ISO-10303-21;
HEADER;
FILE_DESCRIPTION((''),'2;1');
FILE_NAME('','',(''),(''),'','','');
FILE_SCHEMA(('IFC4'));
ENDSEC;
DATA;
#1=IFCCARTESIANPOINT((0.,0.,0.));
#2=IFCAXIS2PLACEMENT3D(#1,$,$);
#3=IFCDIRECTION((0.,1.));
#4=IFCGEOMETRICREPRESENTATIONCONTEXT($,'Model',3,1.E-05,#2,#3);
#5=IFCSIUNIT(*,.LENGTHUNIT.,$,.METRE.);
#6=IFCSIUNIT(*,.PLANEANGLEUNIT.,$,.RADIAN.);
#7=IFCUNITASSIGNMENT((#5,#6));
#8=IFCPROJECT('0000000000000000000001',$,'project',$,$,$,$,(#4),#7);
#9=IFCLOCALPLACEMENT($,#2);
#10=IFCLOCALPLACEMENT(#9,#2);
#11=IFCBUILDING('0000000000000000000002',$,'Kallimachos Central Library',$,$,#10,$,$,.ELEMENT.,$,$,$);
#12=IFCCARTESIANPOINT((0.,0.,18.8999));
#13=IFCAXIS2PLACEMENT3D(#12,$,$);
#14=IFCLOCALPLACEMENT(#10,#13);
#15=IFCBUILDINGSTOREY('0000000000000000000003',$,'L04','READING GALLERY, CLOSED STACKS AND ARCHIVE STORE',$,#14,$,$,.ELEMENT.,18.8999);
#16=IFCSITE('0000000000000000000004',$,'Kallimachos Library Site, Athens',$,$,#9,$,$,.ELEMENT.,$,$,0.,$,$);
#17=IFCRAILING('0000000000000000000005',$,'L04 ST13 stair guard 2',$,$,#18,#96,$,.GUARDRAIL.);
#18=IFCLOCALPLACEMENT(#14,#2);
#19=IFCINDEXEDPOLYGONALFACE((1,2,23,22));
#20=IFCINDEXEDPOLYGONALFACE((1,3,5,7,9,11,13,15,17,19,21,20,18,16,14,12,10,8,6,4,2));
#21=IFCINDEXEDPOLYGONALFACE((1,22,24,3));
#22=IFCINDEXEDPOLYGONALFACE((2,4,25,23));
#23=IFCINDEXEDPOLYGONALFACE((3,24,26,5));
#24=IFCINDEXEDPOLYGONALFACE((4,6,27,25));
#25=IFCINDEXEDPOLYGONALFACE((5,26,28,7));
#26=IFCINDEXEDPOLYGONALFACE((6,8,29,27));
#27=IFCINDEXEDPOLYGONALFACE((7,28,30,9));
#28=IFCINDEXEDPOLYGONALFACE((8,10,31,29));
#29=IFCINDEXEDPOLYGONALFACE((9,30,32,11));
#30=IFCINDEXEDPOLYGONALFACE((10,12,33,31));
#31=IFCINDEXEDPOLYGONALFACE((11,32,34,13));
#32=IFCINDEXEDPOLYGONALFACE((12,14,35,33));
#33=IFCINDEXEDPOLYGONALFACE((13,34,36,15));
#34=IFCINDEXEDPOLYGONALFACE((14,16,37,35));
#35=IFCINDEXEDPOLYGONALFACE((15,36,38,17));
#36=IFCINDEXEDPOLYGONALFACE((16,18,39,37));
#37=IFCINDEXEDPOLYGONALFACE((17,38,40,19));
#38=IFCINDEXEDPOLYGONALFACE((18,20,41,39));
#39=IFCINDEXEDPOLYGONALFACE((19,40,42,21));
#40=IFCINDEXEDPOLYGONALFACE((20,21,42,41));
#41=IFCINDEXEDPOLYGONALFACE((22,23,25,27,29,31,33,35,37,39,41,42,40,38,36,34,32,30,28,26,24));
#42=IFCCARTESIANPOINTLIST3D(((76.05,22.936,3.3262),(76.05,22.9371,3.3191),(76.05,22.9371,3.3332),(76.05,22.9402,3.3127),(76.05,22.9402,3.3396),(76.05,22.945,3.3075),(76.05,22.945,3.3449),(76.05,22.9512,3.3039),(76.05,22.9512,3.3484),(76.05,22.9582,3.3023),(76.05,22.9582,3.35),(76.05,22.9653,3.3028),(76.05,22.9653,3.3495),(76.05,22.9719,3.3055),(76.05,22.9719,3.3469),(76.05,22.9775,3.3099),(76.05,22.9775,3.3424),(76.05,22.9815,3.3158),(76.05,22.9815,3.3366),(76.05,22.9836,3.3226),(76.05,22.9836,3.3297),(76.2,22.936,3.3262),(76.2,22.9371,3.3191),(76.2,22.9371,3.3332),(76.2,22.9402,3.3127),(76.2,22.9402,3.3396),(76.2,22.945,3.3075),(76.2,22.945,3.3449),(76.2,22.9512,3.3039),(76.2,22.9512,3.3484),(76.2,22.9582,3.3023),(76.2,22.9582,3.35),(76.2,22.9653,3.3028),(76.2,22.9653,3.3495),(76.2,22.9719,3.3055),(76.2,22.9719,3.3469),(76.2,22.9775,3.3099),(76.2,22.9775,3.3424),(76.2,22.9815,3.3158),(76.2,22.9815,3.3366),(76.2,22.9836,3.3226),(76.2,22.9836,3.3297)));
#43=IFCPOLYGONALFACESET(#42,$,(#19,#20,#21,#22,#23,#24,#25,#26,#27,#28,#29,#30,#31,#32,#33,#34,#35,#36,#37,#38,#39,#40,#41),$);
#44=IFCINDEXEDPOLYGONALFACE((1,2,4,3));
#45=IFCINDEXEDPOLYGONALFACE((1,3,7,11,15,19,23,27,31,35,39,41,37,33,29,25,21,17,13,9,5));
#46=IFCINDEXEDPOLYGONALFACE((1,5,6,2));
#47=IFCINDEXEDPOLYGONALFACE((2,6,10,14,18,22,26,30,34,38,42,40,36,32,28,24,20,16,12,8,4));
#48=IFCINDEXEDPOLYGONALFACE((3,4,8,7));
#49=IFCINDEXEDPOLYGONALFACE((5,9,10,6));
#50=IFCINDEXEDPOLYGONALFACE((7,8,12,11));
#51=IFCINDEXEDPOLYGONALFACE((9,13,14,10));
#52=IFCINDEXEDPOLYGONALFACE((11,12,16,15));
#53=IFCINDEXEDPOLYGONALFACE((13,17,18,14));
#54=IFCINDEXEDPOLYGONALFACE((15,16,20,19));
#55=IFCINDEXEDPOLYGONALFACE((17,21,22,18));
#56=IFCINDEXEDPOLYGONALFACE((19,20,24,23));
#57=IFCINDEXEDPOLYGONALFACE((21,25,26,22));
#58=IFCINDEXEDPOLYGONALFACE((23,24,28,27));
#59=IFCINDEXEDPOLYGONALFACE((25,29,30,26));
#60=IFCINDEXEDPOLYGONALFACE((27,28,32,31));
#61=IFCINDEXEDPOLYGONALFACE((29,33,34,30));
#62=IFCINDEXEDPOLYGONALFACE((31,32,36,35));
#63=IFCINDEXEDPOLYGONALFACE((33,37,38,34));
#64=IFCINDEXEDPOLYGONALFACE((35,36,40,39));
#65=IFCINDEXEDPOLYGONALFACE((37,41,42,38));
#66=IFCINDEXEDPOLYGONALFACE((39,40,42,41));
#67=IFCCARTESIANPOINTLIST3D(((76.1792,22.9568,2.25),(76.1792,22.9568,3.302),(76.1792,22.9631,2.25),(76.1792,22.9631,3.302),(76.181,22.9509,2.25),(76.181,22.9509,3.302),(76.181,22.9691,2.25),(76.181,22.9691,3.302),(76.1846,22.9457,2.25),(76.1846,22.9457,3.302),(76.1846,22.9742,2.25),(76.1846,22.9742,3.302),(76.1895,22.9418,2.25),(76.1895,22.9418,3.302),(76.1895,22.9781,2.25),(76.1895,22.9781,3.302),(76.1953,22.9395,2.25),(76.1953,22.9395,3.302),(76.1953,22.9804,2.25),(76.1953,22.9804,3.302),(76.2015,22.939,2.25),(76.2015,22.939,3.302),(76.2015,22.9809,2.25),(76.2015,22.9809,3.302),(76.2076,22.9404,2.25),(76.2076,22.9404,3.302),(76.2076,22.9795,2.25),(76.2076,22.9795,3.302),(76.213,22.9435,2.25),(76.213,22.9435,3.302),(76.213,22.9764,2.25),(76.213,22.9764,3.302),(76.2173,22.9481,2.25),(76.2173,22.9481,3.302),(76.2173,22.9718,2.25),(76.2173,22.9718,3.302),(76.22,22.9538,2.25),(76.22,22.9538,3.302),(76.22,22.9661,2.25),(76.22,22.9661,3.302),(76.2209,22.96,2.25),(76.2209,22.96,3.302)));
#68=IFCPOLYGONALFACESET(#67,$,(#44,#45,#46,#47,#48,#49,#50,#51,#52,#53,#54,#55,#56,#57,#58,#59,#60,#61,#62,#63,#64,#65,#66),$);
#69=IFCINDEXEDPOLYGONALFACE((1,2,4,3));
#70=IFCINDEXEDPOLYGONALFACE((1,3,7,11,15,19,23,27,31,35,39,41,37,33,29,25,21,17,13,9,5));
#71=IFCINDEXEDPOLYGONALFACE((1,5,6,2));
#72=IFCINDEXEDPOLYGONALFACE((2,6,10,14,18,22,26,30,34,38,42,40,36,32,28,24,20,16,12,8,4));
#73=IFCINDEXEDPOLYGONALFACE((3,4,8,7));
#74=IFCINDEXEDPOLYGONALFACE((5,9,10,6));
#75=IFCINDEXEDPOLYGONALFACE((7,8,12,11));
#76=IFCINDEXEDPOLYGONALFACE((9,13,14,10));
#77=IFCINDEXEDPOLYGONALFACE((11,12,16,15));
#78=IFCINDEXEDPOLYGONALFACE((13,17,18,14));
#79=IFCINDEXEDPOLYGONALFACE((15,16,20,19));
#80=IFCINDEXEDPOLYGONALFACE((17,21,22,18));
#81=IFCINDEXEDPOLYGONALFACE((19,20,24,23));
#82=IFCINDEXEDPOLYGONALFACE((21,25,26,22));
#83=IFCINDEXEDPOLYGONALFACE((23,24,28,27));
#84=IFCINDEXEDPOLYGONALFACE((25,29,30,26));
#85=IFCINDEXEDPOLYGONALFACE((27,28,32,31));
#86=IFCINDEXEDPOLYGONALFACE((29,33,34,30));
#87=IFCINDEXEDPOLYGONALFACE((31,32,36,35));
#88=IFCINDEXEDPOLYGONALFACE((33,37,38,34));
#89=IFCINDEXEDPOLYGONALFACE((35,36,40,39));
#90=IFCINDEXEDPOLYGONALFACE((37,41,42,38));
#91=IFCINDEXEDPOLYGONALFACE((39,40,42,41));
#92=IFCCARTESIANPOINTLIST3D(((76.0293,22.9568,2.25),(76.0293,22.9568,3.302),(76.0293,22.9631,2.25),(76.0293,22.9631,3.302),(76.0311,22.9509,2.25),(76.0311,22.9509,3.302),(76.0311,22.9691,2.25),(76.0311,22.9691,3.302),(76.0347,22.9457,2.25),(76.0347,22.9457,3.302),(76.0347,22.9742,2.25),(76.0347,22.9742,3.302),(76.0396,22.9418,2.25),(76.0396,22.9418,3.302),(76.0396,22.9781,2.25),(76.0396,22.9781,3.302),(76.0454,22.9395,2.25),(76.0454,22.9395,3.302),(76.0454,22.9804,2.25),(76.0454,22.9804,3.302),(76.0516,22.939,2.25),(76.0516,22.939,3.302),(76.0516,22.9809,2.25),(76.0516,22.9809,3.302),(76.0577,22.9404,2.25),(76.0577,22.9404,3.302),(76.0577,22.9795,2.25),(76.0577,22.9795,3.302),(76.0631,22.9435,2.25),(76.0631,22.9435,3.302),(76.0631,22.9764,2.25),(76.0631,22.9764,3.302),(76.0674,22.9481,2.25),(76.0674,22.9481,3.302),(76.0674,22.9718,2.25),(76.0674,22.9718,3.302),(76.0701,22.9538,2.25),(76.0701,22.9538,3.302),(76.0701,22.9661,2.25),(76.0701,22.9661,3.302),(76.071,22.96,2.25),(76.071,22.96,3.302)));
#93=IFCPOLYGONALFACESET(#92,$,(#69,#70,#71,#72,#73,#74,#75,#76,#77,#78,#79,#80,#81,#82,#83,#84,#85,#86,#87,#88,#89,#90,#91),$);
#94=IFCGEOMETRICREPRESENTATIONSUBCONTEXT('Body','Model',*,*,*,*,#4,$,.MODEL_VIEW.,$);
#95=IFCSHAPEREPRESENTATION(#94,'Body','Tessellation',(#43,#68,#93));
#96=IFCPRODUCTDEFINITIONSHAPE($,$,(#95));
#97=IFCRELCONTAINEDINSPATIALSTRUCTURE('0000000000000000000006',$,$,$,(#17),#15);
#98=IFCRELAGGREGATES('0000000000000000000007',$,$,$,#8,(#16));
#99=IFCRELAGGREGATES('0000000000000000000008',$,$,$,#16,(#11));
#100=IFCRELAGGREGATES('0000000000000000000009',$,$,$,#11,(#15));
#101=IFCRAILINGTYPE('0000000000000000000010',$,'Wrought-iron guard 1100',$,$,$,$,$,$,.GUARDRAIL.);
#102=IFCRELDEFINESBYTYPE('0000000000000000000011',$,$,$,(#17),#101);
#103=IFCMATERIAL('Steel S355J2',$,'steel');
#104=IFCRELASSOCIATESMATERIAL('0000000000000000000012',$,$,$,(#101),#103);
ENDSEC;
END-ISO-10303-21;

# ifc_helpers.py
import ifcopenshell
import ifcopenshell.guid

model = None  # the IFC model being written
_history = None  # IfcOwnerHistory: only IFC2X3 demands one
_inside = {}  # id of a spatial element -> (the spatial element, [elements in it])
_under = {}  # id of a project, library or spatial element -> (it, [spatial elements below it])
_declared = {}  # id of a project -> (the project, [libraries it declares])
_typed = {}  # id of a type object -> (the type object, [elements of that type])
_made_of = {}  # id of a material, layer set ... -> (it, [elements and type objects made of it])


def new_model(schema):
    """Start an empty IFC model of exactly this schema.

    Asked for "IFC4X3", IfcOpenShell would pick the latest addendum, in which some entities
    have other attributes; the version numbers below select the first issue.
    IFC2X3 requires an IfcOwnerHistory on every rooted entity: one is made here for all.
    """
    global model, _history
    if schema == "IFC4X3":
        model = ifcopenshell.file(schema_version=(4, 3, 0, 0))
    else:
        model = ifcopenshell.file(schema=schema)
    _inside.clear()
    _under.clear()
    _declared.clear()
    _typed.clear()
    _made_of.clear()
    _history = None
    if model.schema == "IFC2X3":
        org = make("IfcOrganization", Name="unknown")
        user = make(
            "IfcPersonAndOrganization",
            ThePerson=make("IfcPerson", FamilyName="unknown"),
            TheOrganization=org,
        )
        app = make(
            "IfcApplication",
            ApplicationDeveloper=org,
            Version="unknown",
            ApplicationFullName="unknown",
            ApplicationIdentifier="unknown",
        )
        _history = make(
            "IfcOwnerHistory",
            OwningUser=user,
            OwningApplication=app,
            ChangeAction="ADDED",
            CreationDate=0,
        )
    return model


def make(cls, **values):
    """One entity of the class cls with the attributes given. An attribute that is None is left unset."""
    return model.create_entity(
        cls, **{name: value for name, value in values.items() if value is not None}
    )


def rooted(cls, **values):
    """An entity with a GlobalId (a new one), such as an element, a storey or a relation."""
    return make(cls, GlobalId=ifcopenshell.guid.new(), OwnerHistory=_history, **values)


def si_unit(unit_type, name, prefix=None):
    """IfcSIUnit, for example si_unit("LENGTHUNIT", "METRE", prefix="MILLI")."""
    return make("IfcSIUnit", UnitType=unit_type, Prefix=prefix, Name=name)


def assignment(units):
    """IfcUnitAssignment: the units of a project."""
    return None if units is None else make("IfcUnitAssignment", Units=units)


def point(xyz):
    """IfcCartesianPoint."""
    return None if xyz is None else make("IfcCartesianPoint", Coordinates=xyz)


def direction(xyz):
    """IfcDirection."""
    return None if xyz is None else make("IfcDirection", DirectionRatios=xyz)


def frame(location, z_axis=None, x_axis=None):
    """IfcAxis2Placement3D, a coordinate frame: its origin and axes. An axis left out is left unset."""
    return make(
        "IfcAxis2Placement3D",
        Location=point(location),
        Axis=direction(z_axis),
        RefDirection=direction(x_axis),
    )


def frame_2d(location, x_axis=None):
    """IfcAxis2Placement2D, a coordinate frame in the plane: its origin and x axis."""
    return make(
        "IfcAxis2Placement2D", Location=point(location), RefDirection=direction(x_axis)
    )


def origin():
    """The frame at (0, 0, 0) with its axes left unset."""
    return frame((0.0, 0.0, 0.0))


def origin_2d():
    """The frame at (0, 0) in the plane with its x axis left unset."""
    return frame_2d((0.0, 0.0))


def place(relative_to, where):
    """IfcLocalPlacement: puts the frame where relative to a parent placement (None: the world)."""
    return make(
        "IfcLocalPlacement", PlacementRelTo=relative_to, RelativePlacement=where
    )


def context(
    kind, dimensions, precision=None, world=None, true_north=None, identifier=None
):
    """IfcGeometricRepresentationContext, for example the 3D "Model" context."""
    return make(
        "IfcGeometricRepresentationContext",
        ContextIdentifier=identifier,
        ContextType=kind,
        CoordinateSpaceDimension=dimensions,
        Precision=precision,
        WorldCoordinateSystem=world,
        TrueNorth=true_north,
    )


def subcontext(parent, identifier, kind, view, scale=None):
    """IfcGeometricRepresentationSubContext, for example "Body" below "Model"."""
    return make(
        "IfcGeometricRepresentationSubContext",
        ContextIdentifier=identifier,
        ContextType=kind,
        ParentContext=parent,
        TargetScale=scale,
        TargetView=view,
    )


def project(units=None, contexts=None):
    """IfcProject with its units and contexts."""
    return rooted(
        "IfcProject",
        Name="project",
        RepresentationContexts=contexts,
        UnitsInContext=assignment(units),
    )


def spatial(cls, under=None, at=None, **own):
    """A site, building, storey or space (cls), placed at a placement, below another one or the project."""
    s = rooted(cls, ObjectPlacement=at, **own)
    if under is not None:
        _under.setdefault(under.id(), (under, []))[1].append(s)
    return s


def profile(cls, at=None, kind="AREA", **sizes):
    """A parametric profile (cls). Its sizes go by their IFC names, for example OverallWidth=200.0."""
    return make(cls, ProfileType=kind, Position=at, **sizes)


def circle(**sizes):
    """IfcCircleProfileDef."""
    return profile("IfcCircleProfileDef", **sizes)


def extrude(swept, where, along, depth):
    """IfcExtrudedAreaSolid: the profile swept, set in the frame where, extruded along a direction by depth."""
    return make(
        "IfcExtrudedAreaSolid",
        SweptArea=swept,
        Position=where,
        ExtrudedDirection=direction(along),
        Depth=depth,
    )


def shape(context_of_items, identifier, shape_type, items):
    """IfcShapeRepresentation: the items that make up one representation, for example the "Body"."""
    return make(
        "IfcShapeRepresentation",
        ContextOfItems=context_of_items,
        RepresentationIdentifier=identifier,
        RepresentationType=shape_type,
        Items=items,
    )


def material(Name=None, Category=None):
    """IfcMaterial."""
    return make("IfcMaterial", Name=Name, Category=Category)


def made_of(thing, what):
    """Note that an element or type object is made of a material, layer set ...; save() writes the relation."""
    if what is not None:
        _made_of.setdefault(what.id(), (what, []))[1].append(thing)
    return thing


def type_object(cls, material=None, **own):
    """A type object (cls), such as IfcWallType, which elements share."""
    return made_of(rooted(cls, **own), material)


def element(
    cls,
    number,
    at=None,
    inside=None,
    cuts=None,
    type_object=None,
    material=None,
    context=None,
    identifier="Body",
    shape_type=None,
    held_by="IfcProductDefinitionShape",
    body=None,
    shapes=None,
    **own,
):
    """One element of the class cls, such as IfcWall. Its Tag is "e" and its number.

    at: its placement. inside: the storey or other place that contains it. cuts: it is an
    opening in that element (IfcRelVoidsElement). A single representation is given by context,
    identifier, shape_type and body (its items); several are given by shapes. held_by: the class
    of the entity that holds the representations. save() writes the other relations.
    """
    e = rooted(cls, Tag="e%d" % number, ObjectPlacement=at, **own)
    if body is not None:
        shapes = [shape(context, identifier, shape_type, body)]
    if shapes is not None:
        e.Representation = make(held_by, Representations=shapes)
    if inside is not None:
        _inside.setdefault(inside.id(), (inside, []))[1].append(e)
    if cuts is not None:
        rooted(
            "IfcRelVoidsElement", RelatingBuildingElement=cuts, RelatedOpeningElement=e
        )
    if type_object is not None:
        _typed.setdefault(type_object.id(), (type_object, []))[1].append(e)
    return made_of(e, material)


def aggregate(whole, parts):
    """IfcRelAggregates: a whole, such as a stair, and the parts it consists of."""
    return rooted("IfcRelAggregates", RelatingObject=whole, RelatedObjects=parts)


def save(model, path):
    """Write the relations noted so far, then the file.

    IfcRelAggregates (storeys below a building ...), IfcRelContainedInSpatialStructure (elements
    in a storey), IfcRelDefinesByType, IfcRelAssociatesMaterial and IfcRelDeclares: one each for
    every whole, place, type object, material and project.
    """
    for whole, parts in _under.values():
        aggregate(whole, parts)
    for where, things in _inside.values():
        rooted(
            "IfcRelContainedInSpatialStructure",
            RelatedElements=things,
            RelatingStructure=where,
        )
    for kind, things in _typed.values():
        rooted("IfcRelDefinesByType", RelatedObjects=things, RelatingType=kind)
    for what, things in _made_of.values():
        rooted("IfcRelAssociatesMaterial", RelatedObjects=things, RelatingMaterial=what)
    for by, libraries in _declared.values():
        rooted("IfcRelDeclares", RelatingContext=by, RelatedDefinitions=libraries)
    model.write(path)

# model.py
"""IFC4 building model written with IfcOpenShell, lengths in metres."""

from ifc_helpers import new_model, si_unit, direction, frame, origin, origin_2d, place, context, subcontext, project, spatial, circle, extrude, material, type_object, element, save


model = new_model("IFC4")

# Units and contexts
model_context = context("Model", 3, precision=1e-05, world=origin(), true_north=direction((0.0, 1.0)))
body_context = subcontext(model_context, "Body", "Model", "MODEL_VIEW")
ifc_project = project(units=[si_unit("LENGTHUNIT", "METRE"), si_unit("PLANEANGLEUNIT", "RADIAN")], contexts=[model_context])

# Site, building, storey
site_placement = place(None, origin())
site = spatial("IfcSite", under=ifc_project, at=site_placement, Name="Kallimachos Library Site, Athens", CompositionType="ELEMENT", RefElevation=0.0)
building_placement = place(site_placement, origin())
building = spatial("IfcBuilding", under=site, at=building_placement, Name="Kallimachos Central Library", CompositionType="ELEMENT")
storey_placement = place(building_placement, frame((0.0, 0.0, 18.8999)))
storey = spatial("IfcBuildingStorey", under=building, at=storey_placement, Name="L04", Description="READING GALLERY, CLOSED STACKS AND ARCHIVE STORE", CompositionType="ELEMENT", Elevation=18.8999)

# Railing
ifc_material_1 = material(Name="Steel S355J2", Category="steel")
railing_type_1 = type_object("IfcRailingType", Name="Wrought-iron guard 1100", PredefinedType="GUARDRAIL", material=ifc_material_1)
railing_1_placement = place(storey_placement, frame((76.2, 22.96, 2.25)))
element("IfcRailing", 1, at=railing_1_placement, inside=storey, type_object=railing_type_1, Name="L04 ST13 stair guard 2", PredefinedType="GUARDRAIL", context=body_context, shape_type="SweptSolid", body=[
    extrude(circle(Radius=0.0239, at=origin_2d()), frame((0.0, 0.0, 1.0762), z_axis=(-1.0, 0.0, 0.0), x_axis=(0.0, -1.0, 0.0)), (0.0, 0.0, 1.0), 0.1499),
    extrude(circle(Radius=0.021, at=origin_2d()), origin(), (0.0, 0.0, 1.0), 1.052),
    extrude(circle(Radius=0.021, at=origin_2d()), frame((-0.1499, 0.0, 0.0)), (0.0, 0.0, 1.0), 1.052),
])

save(model, "model.ifc")
